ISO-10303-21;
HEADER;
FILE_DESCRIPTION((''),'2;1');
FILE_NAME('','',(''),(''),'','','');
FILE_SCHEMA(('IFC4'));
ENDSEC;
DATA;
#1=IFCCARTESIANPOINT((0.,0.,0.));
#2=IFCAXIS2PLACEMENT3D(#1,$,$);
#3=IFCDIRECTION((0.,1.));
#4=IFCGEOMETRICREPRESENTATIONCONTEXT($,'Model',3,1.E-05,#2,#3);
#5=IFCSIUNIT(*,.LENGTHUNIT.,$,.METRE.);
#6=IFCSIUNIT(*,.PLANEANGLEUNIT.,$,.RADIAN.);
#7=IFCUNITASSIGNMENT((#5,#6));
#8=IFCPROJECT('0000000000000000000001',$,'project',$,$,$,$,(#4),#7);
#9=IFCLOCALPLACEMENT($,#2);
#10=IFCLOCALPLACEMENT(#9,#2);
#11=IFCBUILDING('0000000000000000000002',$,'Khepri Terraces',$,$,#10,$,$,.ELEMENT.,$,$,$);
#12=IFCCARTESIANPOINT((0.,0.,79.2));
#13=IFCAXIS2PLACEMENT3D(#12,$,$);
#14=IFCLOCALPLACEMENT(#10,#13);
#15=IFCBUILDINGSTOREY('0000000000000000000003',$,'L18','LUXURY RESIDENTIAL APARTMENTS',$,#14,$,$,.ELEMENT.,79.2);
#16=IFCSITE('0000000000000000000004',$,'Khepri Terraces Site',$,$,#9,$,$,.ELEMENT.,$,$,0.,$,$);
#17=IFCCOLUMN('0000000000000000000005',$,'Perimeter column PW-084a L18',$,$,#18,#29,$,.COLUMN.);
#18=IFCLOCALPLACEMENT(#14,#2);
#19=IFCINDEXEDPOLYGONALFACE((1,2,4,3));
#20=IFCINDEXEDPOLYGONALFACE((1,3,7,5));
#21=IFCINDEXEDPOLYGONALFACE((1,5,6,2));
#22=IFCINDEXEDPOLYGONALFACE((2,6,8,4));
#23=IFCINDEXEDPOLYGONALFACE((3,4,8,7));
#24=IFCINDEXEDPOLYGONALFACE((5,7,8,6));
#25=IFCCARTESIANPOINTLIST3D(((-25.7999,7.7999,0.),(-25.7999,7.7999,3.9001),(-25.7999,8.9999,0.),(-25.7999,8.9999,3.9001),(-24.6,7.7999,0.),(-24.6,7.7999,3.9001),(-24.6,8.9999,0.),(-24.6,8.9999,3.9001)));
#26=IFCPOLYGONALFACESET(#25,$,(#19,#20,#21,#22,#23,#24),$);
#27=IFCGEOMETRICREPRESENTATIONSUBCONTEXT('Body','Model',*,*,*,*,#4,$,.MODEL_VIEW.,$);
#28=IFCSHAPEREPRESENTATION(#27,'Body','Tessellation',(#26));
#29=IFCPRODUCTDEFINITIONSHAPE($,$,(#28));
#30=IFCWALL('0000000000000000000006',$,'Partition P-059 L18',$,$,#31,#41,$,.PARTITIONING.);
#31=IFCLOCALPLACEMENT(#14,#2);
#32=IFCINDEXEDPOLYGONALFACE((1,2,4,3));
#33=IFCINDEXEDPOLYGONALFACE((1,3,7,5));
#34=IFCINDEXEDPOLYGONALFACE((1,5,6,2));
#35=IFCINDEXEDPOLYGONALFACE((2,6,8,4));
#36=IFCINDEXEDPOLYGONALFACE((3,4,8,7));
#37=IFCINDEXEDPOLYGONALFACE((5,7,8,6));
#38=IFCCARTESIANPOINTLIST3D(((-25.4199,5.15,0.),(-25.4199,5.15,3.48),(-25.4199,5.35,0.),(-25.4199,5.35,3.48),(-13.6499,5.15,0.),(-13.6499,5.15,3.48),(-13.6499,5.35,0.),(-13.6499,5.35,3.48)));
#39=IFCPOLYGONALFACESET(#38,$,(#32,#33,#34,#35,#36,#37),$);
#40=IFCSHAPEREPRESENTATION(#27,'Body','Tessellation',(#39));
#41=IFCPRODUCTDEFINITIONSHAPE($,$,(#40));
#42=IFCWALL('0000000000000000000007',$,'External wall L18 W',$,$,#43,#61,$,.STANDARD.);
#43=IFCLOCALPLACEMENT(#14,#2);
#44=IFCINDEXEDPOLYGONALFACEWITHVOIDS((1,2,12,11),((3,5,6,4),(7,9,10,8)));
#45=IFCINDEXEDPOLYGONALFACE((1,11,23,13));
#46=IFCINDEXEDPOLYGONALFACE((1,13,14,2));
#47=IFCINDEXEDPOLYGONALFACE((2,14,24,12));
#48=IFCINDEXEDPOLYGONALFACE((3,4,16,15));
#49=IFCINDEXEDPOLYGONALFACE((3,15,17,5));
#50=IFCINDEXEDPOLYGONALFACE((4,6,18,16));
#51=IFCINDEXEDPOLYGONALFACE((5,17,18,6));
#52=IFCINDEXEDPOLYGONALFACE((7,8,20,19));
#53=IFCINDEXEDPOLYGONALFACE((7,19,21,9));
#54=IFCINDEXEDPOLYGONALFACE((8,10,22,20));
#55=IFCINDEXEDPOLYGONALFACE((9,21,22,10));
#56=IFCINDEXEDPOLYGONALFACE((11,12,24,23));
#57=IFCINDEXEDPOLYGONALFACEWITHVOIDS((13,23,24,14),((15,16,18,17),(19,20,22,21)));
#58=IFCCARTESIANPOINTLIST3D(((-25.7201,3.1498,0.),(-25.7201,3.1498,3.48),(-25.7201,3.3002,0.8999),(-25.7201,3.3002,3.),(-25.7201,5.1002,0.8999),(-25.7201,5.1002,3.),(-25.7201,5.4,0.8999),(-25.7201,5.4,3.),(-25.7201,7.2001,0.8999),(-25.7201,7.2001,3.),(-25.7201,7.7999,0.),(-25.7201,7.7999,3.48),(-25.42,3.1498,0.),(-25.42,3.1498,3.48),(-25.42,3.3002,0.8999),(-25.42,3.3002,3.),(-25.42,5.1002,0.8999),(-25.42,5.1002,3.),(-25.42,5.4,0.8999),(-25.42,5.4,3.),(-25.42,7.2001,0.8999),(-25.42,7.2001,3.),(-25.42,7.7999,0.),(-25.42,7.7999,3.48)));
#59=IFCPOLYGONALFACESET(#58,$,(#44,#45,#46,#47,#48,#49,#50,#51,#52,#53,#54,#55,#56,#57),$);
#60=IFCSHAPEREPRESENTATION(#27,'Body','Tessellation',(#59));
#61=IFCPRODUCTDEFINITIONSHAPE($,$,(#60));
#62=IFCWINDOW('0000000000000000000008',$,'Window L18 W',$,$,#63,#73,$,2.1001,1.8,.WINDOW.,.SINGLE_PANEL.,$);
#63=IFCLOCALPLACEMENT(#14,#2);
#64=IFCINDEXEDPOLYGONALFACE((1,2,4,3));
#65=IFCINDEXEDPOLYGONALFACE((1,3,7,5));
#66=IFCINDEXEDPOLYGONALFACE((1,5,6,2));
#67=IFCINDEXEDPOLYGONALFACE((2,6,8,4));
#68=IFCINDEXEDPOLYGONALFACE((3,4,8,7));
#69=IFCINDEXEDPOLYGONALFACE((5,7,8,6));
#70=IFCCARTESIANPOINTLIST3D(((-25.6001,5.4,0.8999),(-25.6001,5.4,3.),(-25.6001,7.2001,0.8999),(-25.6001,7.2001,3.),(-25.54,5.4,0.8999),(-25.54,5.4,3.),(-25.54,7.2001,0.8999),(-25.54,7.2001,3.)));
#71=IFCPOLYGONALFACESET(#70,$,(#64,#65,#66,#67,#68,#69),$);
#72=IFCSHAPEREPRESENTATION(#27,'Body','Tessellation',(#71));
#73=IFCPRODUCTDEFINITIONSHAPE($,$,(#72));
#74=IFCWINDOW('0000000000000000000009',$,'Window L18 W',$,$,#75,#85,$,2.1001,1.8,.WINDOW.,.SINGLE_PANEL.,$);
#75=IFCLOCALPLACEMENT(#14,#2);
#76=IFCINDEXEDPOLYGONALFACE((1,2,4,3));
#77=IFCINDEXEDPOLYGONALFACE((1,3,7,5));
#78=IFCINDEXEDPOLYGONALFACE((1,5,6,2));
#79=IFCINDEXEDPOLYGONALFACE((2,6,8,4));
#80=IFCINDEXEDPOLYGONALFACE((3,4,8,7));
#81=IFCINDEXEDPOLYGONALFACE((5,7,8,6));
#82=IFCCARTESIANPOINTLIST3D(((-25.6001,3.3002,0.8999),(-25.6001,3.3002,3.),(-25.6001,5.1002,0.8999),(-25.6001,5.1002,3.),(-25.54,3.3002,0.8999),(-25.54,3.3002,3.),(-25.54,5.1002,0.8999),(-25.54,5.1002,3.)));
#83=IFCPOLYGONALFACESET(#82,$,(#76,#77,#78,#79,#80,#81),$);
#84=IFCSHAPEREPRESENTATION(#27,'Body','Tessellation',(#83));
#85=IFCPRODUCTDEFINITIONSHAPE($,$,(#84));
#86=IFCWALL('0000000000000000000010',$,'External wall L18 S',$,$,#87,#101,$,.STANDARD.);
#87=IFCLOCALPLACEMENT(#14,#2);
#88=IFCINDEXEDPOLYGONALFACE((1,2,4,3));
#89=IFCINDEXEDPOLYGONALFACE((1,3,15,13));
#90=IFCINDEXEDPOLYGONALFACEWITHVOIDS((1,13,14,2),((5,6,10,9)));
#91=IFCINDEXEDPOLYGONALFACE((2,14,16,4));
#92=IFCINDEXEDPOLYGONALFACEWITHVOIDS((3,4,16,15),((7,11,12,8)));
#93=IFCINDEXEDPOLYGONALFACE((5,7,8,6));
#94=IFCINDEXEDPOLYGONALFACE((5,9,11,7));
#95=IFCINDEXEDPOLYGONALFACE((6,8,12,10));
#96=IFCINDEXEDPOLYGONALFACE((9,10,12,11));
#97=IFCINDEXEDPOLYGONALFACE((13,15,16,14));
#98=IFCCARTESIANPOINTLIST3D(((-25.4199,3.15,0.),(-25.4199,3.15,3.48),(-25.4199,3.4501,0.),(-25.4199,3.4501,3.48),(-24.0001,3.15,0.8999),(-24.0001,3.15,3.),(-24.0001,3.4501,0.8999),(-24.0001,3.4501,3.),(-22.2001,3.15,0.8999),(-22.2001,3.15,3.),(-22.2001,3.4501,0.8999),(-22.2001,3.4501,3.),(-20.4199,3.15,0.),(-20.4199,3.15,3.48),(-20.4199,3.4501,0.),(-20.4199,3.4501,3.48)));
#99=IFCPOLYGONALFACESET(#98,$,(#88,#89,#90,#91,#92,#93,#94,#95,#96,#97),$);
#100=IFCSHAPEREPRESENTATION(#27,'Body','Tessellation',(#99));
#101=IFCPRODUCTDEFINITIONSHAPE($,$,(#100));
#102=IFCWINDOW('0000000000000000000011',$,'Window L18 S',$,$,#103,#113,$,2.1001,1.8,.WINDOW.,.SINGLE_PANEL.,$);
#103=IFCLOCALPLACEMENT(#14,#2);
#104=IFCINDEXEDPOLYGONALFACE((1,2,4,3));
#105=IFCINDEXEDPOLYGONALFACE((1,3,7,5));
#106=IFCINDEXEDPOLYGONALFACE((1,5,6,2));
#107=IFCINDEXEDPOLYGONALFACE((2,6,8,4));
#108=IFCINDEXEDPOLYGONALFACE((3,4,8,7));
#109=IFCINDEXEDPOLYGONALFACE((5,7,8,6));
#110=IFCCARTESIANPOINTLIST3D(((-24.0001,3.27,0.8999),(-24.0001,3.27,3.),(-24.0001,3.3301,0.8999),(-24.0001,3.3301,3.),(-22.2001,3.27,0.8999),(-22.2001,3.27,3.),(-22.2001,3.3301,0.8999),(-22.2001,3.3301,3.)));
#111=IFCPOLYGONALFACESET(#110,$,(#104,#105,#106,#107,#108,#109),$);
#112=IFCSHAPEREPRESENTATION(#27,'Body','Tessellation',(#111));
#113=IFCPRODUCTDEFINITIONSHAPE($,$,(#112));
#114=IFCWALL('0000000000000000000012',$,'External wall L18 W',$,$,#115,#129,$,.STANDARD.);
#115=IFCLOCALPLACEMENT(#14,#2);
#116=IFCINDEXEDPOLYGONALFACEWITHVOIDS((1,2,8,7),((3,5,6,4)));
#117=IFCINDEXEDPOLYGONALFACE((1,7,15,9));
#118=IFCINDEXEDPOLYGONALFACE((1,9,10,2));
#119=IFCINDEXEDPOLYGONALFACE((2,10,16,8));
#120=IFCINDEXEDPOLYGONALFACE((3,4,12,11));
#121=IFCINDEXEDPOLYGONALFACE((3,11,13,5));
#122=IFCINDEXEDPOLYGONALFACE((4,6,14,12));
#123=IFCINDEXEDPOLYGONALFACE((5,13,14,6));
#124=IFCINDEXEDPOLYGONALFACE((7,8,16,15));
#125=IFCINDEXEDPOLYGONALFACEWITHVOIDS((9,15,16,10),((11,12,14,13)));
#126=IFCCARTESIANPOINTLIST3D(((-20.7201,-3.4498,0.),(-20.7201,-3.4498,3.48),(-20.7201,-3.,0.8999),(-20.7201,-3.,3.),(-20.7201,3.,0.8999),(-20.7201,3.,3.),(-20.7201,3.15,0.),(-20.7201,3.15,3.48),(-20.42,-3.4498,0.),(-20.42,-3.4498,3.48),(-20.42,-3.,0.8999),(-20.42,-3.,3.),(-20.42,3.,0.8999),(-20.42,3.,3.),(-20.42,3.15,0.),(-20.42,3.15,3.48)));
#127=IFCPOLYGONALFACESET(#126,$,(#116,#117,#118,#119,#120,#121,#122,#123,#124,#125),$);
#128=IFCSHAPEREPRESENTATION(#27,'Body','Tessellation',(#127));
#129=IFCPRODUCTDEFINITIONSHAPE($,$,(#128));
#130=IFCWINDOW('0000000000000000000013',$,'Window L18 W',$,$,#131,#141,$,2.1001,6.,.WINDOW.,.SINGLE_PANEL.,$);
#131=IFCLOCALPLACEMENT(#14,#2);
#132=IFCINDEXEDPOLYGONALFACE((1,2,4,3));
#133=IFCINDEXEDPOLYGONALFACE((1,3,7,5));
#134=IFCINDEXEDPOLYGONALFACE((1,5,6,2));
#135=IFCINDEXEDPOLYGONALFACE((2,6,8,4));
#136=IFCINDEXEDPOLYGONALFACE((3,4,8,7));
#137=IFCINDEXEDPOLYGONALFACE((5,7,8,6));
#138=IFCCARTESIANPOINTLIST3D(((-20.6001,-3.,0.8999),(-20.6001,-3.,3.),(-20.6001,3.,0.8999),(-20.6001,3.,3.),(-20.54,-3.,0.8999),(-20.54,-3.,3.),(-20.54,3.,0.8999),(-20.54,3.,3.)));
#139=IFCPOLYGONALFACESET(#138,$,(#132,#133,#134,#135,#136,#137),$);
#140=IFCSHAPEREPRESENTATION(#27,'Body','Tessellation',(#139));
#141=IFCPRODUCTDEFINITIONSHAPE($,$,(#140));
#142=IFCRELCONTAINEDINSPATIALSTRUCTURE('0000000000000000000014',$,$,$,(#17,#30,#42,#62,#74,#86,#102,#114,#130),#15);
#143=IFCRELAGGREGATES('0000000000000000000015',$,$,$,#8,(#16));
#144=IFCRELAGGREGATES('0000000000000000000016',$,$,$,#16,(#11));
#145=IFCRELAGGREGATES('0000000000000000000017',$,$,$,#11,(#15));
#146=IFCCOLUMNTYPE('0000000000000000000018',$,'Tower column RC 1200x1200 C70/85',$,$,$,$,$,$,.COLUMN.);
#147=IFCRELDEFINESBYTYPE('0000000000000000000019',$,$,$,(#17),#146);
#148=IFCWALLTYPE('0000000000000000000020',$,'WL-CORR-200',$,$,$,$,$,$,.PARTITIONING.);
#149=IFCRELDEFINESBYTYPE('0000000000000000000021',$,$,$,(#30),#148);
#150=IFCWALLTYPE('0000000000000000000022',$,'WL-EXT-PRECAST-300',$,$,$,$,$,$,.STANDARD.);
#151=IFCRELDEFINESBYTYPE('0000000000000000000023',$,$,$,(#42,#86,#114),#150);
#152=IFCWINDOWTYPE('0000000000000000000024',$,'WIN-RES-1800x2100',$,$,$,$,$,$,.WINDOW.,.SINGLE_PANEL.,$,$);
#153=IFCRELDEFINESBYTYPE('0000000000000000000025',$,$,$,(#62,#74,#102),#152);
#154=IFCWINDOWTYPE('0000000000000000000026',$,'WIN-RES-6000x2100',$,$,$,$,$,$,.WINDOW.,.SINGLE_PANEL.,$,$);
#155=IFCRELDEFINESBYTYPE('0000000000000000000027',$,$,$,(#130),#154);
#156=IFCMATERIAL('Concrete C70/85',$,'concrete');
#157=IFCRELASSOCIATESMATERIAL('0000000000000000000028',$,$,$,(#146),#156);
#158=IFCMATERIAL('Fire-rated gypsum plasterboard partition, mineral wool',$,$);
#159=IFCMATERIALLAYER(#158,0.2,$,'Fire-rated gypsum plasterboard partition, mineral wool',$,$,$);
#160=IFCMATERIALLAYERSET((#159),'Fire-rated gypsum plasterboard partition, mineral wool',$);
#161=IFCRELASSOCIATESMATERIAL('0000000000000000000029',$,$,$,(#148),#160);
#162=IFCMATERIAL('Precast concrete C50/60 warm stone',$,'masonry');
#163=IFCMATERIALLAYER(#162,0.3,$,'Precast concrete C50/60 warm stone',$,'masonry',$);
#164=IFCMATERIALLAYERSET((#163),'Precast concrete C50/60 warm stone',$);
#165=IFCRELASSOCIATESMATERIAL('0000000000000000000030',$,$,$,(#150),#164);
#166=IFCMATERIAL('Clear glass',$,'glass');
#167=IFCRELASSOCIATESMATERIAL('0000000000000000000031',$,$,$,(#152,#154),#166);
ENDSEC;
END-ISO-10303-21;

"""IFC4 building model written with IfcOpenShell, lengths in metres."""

from ifc_helpers import new_model, si_unit, direction, frame, frame_2d, origin, origin_2d, place, context, subcontext, project, spatial, rectangle, extrude, material, layer, layer_set, material_profile, profile_set, type_object, element, fill, save


model = new_model("IFC4")

# Units and contexts
model_context = context("Model", 3, precision=1e-05, world=origin(), true_north=direction((0.0, 1.0)))
body_context = subcontext(model_context, "Body", "Model", "MODEL_VIEW")
ifc_project = project(units=[si_unit("LENGTHUNIT", "METRE"), si_unit("PLANEANGLEUNIT", "RADIAN")], contexts=[model_context])

# Site, building, storey
site_placement = place(None, origin())
site = spatial("IfcSite", under=ifc_project, at=site_placement, Name="Khepri Terraces Site", CompositionType="ELEMENT", RefElevation=0.0)
building_placement = place(site_placement, origin())
building = spatial("IfcBuilding", under=site, at=building_placement, Name="Khepri Terraces", CompositionType="ELEMENT")
storey_placement = place(building_placement, frame((0.0, 0.0, 79.2)))
storey = spatial("IfcBuildingStorey", under=building, at=storey_placement, Name="L18", Description="LUXURY RESIDENTIAL APARTMENTS", CompositionType="ELEMENT", Elevation=79.2)

# Column
ifc_material_1 = material(Name="Concrete C70/85", Category="concrete")
ifc_material_profile = material_profile(ifc_material_1, rectangle(XDim=1.2, YDim=1.2, at=origin_2d()), Name="Concrete C70/85", Category="concrete")
ifc_profile_set = profile_set([ifc_material_profile], Name="Concrete C70/85")
column_type = type_object("IfcColumnType", Name="Tower column RC 1200x1200 C70/85", PredefinedType="COLUMN", material=ifc_profile_set)
column_placement = place(storey_placement, frame((-25.2, 8.3999, 0.0), z_axis=(0.0, 0.0, 1.0), x_axis=(1.0, 0.0, 0.0)))
element("IfcColumn", 1, at=column_placement, inside=storey, type_object=column_type, Name="Perimeter column PW-084a L18", PredefinedType="COLUMN", context=body_context, shape_type="SweptSolid", body=[
    extrude(rectangle(XDim=1.2, YDim=1.2, at=origin_2d()), origin(), (0.0, 0.0, 1.0), 3.9001),
])

# Wall
ifc_material_2 = material(Name="Fire-rated gypsum plasterboard partition, mineral wool")
ifc_layer_1 = layer(ifc_material_2, 0.2, Name="Fire-rated gypsum plasterboard partition, mineral wool")
ifc_layer_set_1 = layer_set([ifc_layer_1], Name="Fire-rated gypsum plasterboard partition, mineral wool")
wall_type_1 = type_object("IfcWallType", Name="WL-CORR-200", PredefinedType="PARTITIONING", material=ifc_layer_set_1)
wall_1_placement = place(storey_placement, frame((-25.4199, 5.25, 0.0), z_axis=(0.0, 0.0, 1.0), x_axis=(1.0, 0.0, 0.0)))
element("IfcWall", 2, at=wall_1_placement, inside=storey, type_object=wall_type_1, Name="Partition P-059 L18", PredefinedType="PARTITIONING", context=body_context, shape_type="SweptSolid", body=[
    extrude(rectangle(XDim=11.77, YDim=0.2, at=frame_2d((5.885, 0.0))), origin(), (0.0, 0.0, 1.0), 3.48),
])

# Wall, openings, windows
ifc_material_3 = material(Name="Precast concrete C50/60 warm stone", Category="masonry")
ifc_layer_2 = layer(ifc_material_3, 0.3, Name="Precast concrete C50/60 warm stone", Category="masonry")
ifc_layer_set_2 = layer_set([ifc_layer_2], Name="Precast concrete C50/60 warm stone")
wall_type_2 = type_object("IfcWallType", Name="WL-EXT-PRECAST-300", PredefinedType="STANDARD", material=ifc_layer_set_2)
wall_2_placement = place(storey_placement, frame((-25.5701, 7.8, 0.0), z_axis=(0.0, 0.0, 1.0), x_axis=(0.0, -1.0, 0.0)))
wall_2 = element("IfcWall", 3, at=wall_2_placement, inside=storey, type_object=wall_type_2, Name="External wall L18 W", PredefinedType="STANDARD", context=body_context, shape_type="SweptSolid", body=[
    extrude(rectangle(XDim=4.6501, YDim=0.3, at=frame_2d((2.3252, 0.0))), origin(), (0.0, 0.0, 1.0), 3.48),
])
opening_1_placement = place(wall_2_placement, frame((0.6001, 0.0, 0.8999)))
opening_1 = element("IfcOpeningElement", 4, at=opening_1_placement, cuts=wall_2, PredefinedType="OPENING", context=body_context, shape_type="SweptSolid", body=[
    extrude(rectangle(XDim=1.8, YDim=2.1001, at=frame_2d((0.8999, 1.05))), frame((0.0, 0.1602, 0.0), z_axis=(0.0, -1.0, 0.0), x_axis=(1.0, 0.0, 0.0)), (0.0, 0.0, 1.0), 0.3201),
])
opening_2_placement = place(wall_2_placement, frame((2.7, 0.0, 0.8999)))
opening_2 = element("IfcOpeningElement", 5, at=opening_2_placement, cuts=wall_2, PredefinedType="OPENING", context=body_context, shape_type="SweptSolid", body=[
    extrude(rectangle(XDim=1.8, YDim=2.1001, at=frame_2d((0.8999, 1.05))), frame((0.0, 0.1602, 0.0), z_axis=(0.0, -1.0, 0.0), x_axis=(1.0, 0.0, 0.0)), (0.0, 0.0, 1.0), 0.3201),
])
ifc_material_4 = material(Name="Clear glass", Category="glass")
window_type_1 = type_object("IfcWindowType", Name="WIN-RES-1800x2100", PartitioningType="SINGLE_PANEL", PredefinedType="WINDOW", material=ifc_material_4)
window_1_placement = place(opening_1_placement, origin())
window_1 = element("IfcWindow", 6, at=window_1_placement, inside=storey, type_object=window_type_1, Name="Window L18 W", OverallHeight=2.1001, OverallWidth=1.8, PartitioningType="SINGLE_PANEL", PredefinedType="WINDOW", context=body_context, shape_type="SweptSolid", body=[
    extrude(rectangle(XDim=1.8, YDim=2.1001, at=frame_2d((0.8999, 1.05))), frame((0.0, 0.03, 0.0), z_axis=(0.0, -1.0, 0.0), x_axis=(1.0, 0.0, 0.0)), (0.0, 0.0, 1.0), 0.0601),
])
fill(opening_1, window_1)
window_2_placement = place(opening_2_placement, origin())
window_2 = element("IfcWindow", 7, at=window_2_placement, inside=storey, type_object=window_type_1, Name="Window L18 W", OverallHeight=2.1001, OverallWidth=1.8, PartitioningType="SINGLE_PANEL", PredefinedType="WINDOW", context=body_context, shape_type="SweptSolid", body=[
    extrude(rectangle(XDim=1.8, YDim=2.1001, at=frame_2d((0.8999, 1.05))), frame((0.0, 0.03, 0.0), z_axis=(0.0, -1.0, 0.0), x_axis=(1.0, 0.0, 0.0)), (0.0, 0.0, 1.0), 0.0601),
])
fill(opening_2, window_2)

# Walls, openings, windows
wall_3_placement = place(storey_placement, frame((-25.4199, 3.3, 0.0), z_axis=(0.0, 0.0, 1.0), x_axis=(1.0, 0.0, 0.0)))
wall_3 = element("IfcWall", 8, at=wall_3_placement, inside=storey, type_object=wall_type_2, Name="External wall L18 S", PredefinedType="STANDARD", context=body_context, shape_type="SweptSolid", body=[
    extrude(rectangle(XDim=5.0, YDim=0.3, at=frame_2d((2.5, 0.0))), origin(), (0.0, 0.0, 1.0), 3.48),
])
opening_3_placement = place(wall_3_placement, frame((1.4199, 0.0, 0.8999)))
opening_3 = element("IfcOpeningElement", 9, at=opening_3_placement, cuts=wall_3, PredefinedType="OPENING", context=body_context, shape_type="SweptSolid", body=[
    extrude(rectangle(XDim=1.8, YDim=2.1001, at=frame_2d((0.8999, 1.05))), frame((0.0, 0.1602, 0.0), z_axis=(0.0, -1.0, 0.0), x_axis=(1.0, 0.0, 0.0)), (0.0, 0.0, 1.0), 0.3201),
])
window_3_placement = place(opening_3_placement, origin())
window_3 = element("IfcWindow", 10, at=window_3_placement, inside=storey, type_object=window_type_1, Name="Window L18 S", OverallHeight=2.1001, OverallWidth=1.8, PartitioningType="SINGLE_PANEL", PredefinedType="WINDOW", context=body_context, shape_type="SweptSolid", body=[
    extrude(rectangle(XDim=1.8, YDim=2.1001, at=frame_2d((0.8999, 1.05))), frame((0.0, 0.03, 0.0), z_axis=(0.0, -1.0, 0.0), x_axis=(1.0, 0.0, 0.0)), (0.0, 0.0, 1.0), 0.0601),
])
fill(opening_3, window_3)
wall_4_placement = place(storey_placement, frame((-20.5701, 3.1499, 0.0), z_axis=(0.0, 0.0, 1.0), x_axis=(0.0, -1.0, 0.0)))
wall_4 = element("IfcWall", 11, at=wall_4_placement, inside=storey, type_object=wall_type_2, Name="External wall L18 W", PredefinedType="STANDARD", context=body_context, shape_type="SweptSolid", body=[
    extrude(rectangle(XDim=6.5999, YDim=0.3, at=frame_2d((3.2998, 0.0))), origin(), (0.0, 0.0, 1.0), 3.48),
])
opening_4_placement = place(wall_4_placement, frame((0.1499, 0.0, 0.8999)))
opening_4 = element("IfcOpeningElement", 12, at=opening_4_placement, cuts=wall_4, PredefinedType="OPENING", context=body_context, shape_type="SweptSolid", body=[
    extrude(rectangle(XDim=6.0, YDim=2.1001, at=frame_2d((3.0, 1.05))), frame((0.0, 0.1602, 0.0), z_axis=(0.0, -1.0, 0.0), x_axis=(1.0, 0.0, 0.0)), (0.0, 0.0, 1.0), 0.3201),
])
window_type_2 = type_object("IfcWindowType", Name="WIN-RES-6000x2100", PartitioningType="SINGLE_PANEL", PredefinedType="WINDOW", material=ifc_material_4)
window_4_placement = place(opening_4_placement, origin())
window_4 = element("IfcWindow", 13, at=window_4_placement, inside=storey, type_object=window_type_2, Name="Window L18 W", OverallHeight=2.1001, OverallWidth=6.0, PartitioningType="SINGLE_PANEL", PredefinedType="WINDOW", context=body_context, shape_type="SweptSolid", body=[
    extrude(rectangle(XDim=6.0, YDim=2.1001, at=frame_2d((3.0, 1.05))), frame((0.0, 0.03, 0.0), z_axis=(0.0, -1.0, 0.0), x_axis=(1.0, 0.0, 0.0)), (0.0, 0.0, 1.0), 0.0601),
])
fill(opening_4, window_4)

save(model, "model.ifc")
